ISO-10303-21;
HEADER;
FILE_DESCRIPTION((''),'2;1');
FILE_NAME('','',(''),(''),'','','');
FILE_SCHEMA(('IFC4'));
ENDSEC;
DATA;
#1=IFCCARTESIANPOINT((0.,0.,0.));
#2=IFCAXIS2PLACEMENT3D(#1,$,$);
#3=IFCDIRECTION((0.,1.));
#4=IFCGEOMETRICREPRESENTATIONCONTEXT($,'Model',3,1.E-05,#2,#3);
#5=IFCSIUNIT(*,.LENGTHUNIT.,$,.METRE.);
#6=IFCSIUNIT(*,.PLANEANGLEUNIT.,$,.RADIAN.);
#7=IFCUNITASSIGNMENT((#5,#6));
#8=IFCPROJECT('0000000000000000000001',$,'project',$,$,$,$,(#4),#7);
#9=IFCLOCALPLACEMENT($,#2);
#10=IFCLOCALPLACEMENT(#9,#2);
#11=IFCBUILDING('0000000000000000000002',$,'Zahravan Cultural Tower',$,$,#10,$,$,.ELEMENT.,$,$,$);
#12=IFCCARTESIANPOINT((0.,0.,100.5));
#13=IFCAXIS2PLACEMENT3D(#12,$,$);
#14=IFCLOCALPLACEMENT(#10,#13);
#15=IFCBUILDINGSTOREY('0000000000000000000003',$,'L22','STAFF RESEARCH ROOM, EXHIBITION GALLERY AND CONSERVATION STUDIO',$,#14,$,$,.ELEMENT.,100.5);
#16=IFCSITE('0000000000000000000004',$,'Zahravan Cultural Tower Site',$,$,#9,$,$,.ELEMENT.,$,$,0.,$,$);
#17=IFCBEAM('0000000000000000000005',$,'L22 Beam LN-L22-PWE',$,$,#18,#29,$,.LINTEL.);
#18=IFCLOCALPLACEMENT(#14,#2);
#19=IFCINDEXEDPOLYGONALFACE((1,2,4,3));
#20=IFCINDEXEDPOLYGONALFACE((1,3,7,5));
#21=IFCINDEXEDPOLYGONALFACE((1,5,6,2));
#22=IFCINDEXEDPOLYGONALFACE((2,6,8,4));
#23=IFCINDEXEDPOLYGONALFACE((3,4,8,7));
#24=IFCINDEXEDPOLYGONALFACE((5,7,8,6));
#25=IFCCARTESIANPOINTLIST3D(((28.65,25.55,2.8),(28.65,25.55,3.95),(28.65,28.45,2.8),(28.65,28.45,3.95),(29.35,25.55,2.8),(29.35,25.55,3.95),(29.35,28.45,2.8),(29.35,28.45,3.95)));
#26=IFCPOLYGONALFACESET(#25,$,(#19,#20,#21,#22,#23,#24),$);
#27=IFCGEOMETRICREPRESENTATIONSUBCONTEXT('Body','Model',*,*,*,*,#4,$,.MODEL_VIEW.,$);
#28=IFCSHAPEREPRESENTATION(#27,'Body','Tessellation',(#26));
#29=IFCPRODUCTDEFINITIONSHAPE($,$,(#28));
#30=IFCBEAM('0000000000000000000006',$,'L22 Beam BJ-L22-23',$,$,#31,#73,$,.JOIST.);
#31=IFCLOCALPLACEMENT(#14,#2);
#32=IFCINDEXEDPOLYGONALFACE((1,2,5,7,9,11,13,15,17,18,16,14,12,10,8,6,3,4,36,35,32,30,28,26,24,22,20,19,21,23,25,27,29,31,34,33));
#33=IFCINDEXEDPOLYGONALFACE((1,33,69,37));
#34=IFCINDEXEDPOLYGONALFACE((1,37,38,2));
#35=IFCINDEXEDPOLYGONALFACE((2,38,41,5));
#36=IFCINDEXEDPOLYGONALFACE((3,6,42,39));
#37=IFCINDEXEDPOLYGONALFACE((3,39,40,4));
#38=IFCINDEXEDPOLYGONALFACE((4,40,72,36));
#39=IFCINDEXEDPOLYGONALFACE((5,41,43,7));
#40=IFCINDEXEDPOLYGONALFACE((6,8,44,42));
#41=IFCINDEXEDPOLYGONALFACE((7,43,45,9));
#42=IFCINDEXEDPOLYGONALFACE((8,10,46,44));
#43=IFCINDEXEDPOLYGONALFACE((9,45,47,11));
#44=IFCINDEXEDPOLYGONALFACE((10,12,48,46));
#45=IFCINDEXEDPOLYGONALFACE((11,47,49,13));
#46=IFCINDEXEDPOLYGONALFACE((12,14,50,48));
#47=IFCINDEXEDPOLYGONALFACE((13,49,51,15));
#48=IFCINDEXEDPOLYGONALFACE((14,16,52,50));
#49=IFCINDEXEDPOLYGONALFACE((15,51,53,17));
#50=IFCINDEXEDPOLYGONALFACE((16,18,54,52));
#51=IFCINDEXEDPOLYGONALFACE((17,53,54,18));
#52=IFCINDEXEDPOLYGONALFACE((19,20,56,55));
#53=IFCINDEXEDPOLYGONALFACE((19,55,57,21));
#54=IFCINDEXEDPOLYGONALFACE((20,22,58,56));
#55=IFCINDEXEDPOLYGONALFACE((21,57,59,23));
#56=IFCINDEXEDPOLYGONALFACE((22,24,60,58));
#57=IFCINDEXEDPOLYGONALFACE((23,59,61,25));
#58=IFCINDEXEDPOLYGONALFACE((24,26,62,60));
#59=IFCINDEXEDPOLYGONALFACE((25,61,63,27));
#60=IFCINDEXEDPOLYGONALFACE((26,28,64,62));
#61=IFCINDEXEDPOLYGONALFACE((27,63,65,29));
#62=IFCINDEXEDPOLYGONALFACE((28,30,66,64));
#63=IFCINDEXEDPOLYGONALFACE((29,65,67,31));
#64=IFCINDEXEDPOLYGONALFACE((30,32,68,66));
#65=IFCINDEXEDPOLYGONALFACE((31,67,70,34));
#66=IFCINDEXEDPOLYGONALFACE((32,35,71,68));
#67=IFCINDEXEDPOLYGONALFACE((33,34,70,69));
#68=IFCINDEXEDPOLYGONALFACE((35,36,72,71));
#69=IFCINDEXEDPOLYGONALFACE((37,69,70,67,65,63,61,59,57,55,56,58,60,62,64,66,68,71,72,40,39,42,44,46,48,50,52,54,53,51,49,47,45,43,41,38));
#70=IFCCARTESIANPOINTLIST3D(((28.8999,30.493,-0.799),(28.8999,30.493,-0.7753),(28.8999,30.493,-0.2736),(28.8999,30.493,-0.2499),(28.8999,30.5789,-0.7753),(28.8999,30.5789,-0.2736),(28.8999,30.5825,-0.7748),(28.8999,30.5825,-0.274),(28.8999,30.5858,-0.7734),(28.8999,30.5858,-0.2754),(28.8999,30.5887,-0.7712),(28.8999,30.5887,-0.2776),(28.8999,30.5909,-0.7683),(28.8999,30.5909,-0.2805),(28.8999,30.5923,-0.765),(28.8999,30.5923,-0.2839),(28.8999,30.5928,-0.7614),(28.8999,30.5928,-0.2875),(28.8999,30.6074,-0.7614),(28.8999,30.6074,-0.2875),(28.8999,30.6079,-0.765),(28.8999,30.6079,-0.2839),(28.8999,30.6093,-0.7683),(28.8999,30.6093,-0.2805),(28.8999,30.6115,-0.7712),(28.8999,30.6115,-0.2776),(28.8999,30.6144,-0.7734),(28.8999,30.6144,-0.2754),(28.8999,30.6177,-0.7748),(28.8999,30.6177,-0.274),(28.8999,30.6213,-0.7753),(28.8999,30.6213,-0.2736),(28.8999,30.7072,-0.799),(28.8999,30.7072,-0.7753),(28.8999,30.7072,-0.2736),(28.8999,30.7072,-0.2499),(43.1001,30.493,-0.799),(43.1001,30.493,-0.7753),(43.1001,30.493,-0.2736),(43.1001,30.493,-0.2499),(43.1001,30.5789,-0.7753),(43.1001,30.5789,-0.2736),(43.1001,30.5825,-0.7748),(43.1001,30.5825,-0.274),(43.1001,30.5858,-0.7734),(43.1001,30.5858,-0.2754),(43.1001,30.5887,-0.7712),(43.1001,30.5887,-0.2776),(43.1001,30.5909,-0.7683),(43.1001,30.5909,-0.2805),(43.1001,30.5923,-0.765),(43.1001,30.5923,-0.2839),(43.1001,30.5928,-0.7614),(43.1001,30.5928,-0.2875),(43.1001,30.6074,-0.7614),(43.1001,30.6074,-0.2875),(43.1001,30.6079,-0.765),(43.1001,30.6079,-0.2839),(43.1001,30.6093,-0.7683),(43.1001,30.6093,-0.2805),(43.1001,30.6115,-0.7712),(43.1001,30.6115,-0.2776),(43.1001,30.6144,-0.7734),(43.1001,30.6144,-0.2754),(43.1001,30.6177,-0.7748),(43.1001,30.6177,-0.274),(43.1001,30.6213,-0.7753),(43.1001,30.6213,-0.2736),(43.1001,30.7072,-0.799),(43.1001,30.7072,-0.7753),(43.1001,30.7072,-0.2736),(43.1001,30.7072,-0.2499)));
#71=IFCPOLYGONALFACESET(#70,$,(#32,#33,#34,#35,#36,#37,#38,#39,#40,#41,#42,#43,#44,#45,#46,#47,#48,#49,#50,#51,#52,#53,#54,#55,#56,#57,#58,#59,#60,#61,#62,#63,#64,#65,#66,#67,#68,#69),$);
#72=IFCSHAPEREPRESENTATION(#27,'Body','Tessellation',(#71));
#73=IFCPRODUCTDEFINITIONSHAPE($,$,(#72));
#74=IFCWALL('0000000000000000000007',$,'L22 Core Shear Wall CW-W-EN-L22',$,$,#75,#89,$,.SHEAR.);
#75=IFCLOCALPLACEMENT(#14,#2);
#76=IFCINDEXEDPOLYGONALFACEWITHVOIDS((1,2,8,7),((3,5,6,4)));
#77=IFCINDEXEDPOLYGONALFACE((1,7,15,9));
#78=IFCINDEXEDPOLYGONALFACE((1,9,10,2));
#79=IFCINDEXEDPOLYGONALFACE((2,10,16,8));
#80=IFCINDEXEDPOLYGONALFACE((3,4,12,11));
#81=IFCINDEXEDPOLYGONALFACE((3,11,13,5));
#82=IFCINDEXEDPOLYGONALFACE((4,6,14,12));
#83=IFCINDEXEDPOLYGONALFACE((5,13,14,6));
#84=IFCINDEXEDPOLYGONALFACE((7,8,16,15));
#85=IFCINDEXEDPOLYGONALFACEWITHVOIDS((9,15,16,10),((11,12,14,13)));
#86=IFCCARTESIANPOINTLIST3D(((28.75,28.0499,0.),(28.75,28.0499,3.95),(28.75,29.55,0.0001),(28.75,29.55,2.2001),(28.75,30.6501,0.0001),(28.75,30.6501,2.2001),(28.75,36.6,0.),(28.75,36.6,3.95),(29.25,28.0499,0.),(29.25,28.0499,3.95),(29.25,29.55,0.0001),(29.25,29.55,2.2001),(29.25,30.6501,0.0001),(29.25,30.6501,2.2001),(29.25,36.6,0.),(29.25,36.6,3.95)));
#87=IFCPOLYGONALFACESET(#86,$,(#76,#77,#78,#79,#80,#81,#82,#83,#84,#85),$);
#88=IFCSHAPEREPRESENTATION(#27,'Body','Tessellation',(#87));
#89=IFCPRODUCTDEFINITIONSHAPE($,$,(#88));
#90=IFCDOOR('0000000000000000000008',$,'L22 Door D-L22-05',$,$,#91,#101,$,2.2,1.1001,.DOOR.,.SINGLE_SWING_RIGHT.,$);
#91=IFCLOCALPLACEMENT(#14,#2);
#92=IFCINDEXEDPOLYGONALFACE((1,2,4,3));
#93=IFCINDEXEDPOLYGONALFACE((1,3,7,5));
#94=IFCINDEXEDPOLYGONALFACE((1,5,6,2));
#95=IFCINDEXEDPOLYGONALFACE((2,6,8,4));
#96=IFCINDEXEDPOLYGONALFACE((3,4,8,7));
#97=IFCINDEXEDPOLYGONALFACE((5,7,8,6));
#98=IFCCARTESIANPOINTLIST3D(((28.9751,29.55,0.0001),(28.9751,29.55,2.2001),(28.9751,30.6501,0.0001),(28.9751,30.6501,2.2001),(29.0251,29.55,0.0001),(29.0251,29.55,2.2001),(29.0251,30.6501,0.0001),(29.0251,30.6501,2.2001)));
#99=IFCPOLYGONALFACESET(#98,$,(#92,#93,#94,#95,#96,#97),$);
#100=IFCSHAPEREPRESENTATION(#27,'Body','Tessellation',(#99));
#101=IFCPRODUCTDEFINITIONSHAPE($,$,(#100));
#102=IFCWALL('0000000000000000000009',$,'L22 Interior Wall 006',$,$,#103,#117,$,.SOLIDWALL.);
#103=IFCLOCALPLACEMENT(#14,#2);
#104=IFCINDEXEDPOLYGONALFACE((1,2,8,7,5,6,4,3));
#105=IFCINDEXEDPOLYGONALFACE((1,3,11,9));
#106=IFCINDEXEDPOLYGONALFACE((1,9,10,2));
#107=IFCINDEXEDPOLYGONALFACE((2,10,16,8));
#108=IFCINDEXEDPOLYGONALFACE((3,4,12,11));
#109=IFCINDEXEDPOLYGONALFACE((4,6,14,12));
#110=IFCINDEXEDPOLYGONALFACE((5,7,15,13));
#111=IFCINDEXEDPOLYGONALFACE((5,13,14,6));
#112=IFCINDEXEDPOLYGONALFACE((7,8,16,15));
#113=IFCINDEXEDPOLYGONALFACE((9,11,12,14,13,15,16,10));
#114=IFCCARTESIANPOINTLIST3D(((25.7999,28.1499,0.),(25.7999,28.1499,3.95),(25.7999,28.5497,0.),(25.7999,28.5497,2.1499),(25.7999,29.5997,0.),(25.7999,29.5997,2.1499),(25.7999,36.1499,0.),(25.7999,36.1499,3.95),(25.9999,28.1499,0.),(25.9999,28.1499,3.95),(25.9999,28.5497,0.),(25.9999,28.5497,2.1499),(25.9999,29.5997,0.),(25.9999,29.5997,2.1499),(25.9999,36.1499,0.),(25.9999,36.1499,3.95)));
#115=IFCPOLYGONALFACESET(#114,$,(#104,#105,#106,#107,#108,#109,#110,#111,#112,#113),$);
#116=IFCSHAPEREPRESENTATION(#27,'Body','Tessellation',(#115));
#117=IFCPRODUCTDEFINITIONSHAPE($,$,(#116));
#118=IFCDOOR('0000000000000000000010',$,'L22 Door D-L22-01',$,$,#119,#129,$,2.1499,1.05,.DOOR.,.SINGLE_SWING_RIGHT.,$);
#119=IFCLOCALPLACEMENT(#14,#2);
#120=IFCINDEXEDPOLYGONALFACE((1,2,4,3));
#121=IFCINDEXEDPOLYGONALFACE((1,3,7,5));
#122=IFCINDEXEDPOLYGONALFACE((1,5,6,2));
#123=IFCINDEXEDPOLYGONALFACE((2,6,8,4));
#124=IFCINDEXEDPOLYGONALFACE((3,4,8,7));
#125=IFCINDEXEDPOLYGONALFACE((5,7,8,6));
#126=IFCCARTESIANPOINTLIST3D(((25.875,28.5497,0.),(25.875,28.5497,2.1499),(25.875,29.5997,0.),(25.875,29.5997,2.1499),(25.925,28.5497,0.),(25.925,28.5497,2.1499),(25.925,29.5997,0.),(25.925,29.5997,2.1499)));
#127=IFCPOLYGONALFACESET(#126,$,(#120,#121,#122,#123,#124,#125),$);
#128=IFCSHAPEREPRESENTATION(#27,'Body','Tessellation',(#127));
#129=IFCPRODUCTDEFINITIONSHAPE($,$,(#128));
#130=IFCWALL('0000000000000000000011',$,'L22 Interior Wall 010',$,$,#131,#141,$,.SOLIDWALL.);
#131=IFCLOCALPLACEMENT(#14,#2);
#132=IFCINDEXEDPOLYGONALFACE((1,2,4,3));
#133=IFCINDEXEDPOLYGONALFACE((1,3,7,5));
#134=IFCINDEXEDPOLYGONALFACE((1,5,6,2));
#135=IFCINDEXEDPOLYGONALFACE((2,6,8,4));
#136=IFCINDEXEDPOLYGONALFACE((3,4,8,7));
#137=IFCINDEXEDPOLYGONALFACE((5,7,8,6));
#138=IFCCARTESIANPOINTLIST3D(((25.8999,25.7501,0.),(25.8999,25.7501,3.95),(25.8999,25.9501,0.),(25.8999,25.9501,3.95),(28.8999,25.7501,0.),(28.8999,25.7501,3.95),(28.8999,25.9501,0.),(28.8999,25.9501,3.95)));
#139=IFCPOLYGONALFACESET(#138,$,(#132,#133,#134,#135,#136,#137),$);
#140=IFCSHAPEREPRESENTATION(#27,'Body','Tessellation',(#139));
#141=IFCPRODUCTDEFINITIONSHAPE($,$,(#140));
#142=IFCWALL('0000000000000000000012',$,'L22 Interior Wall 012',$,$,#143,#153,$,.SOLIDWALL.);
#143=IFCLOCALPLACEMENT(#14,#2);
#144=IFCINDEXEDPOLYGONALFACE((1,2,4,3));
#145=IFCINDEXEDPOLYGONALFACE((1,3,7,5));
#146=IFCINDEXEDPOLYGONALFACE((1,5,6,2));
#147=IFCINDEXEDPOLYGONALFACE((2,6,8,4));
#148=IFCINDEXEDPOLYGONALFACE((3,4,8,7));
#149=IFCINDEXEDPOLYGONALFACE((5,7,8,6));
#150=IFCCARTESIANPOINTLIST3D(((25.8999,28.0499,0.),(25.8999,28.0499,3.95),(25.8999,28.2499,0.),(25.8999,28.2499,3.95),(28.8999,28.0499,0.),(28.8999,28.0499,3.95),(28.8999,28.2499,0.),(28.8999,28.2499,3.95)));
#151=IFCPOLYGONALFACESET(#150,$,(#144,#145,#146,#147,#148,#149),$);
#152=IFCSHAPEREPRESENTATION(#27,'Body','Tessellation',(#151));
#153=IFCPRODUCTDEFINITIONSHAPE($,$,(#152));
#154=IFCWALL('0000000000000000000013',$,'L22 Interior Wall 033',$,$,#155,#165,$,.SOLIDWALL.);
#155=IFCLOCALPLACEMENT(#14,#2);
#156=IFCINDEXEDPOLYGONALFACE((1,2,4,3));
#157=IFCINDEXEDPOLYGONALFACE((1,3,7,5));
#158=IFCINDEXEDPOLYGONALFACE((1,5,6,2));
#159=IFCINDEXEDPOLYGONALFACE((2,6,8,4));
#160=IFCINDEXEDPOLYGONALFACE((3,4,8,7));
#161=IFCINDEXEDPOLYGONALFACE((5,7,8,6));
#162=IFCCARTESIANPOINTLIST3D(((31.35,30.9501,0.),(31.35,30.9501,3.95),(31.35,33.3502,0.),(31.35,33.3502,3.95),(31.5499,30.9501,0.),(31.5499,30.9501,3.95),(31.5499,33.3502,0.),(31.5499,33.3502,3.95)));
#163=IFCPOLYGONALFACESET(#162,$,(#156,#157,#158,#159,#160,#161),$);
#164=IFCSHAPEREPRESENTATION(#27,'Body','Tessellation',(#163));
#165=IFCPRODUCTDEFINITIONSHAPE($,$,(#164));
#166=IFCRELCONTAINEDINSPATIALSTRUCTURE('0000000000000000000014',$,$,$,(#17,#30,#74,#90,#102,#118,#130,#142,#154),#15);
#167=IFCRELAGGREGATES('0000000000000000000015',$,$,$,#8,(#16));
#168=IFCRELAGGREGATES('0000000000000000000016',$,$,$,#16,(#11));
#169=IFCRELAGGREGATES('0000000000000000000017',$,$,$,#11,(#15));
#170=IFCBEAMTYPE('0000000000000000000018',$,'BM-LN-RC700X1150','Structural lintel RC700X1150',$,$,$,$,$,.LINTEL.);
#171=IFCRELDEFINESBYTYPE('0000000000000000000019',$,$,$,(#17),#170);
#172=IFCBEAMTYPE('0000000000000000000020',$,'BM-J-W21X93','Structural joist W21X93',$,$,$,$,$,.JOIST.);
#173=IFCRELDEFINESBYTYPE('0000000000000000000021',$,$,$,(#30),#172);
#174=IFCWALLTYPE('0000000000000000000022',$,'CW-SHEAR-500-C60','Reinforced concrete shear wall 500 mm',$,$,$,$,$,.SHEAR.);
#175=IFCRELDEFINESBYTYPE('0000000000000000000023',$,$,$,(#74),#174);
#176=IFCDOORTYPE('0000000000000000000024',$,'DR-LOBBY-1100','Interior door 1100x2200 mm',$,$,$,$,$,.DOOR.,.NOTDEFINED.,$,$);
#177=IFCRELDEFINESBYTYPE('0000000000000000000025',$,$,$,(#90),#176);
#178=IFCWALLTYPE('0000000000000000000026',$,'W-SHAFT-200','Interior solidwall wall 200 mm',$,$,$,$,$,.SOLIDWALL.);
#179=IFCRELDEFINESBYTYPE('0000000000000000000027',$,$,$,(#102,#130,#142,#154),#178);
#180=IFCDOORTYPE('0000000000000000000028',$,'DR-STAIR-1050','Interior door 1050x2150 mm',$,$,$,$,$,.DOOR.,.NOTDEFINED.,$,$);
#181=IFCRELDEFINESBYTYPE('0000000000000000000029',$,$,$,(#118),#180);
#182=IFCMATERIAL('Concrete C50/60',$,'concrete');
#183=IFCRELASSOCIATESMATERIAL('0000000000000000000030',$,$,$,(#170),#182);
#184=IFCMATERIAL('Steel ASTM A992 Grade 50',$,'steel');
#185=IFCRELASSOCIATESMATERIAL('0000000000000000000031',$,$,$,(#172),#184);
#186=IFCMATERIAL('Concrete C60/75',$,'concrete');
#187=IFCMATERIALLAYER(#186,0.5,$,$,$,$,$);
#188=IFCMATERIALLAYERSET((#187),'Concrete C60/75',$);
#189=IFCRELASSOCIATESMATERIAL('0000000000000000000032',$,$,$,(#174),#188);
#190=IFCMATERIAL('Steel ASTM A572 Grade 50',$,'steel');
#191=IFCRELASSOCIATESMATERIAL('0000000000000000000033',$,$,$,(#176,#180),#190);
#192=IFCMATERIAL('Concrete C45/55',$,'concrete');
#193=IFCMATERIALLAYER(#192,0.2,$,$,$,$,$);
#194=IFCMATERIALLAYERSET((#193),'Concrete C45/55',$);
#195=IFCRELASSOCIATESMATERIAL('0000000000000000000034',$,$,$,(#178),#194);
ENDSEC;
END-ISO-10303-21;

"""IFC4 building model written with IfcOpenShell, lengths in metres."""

from ifc_helpers import new_model, si_unit, direction, frame, frame_2d, origin, origin_2d, place, context, subcontext, project, spatial, rectangle, i_section, extrude, source, transform, mapped, material, layer, layer_set, material_profile, profile_set, type_object, element, fill, save


model = new_model("IFC4")

# Units and contexts
model_context = context("Model", 3, precision=1e-05, world=origin(), true_north=direction((0.0, 1.0)))
body_context = subcontext(model_context, "Body", "Model", "MODEL_VIEW")
ifc_project = project(units=[si_unit("LENGTHUNIT", "METRE"), si_unit("PLANEANGLEUNIT", "RADIAN")], contexts=[model_context])

# Site, building, storey
site_placement = place(None, origin())
site = spatial("IfcSite", under=ifc_project, at=site_placement, Name="Zahravan Cultural Tower Site", CompositionType="ELEMENT", RefElevation=0.0)
building_placement = place(site_placement, origin())
building = spatial("IfcBuilding", under=site, at=building_placement, Name="Zahravan Cultural Tower", CompositionType="ELEMENT")
storey_placement = place(building_placement, frame((0.0, 0.0, 100.5)))
storey = spatial("IfcBuildingStorey", under=building, at=storey_placement, Name="L22", Description="STAFF RESEARCH ROOM, EXHIBITION GALLERY AND CONSERVATION STUDIO", CompositionType="ELEMENT", Elevation=100.5)

# Beams
ifc_material_1 = material(Name="Concrete C50/60", Category="concrete")
ifc_material_profile_1 = material_profile(ifc_material_1, rectangle(XDim=0.7, YDim=1.1499, at=origin_2d()), Name="RC700X1150")
ifc_profile_set_1 = profile_set([ifc_material_profile_1], Name="Concrete C50/60")
beam_type_1 = type_object("IfcBeamType", Name="BM-LN-RC700X1150", Description="Structural lintel RC700X1150", PredefinedType="LINTEL", material=ifc_profile_set_1)
shared_shape_1 = source(origin(), body_context, "Body", "SweptSolid", [
    extrude(rectangle(XDim=0.7, YDim=1.1499, at=origin_2d()), origin(), (0.0, 0.0, 1.0), 2.8999),
])
beam_1_placement = place(storey_placement, frame((29.0, 25.55, 3.375), z_axis=(0.0, 1.0, 0.0), x_axis=(-1.0, 0.0, 0.0)))
element("IfcBeam", 1, at=beam_1_placement, inside=storey, type_object=beam_type_1, Name="L22 Beam LN-L22-PWE", PredefinedType="LINTEL", context=body_context, shape_type="MappedRepresentation", body=[
    mapped(shared_shape_1, transform((0.0, 0.0, 0.0), x_axis=(1.0, 0.0, 0.0), y_axis=(0.0, 1.0, 0.0), z_axis=(0.0, 0.0, 1.0), scale=1.0)),
])
ifc_material_2 = material(Name="Steel ASTM A992 Grade 50", Category="steel")
ifc_material_profile_2 = material_profile(ifc_material_2, i_section(OverallWidth=0.2141, OverallDepth=0.5491, WebThickness=0.0146, FlangeThickness=0.0237, FilletRadius=0.0139, at=origin_2d()), Name="W21X93")
ifc_profile_set_2 = profile_set([ifc_material_profile_2], Name="Steel ASTM A992 Grade 50")
beam_type_2 = type_object("IfcBeamType", Name="BM-J-W21X93", Description="Structural joist W21X93", PredefinedType="JOIST", material=ifc_profile_set_2)
shared_shape_2 = source(origin(), body_context, "Body", "SweptSolid", [
    extrude(i_section(OverallWidth=0.2141, OverallDepth=0.5491, WebThickness=0.0146, FlangeThickness=0.0237, FilletRadius=0.0139, at=origin_2d()), origin(), (0.0, 0.0, 1.0), 14.2002),
])
beam_2_placement = place(storey_placement, frame((28.8999, 30.6001, -0.5244), z_axis=(1.0, 0.0, 0.0), x_axis=(0.0, 1.0, 0.0)))
element("IfcBeam", 2, at=beam_2_placement, inside=storey, type_object=beam_type_2, Name="L22 Beam BJ-L22-23", PredefinedType="JOIST", context=body_context, shape_type="MappedRepresentation", body=[
    mapped(shared_shape_2, transform((0.0, 0.0, 0.0), x_axis=(1.0, 0.0, 0.0), y_axis=(0.0, 1.0, 0.0), z_axis=(0.0, 0.0, 1.0), scale=1.0)),
])

# Walls, openings, doors
ifc_material_3 = material(Name="Concrete C60/75", Category="concrete")
ifc_layer_1 = layer(ifc_material_3, 0.5)
ifc_layer_set_1 = layer_set([ifc_layer_1], Name="Concrete C60/75")
wall_type_1 = type_object("IfcWallType", Name="CW-SHEAR-500-C60", Description="Reinforced concrete shear wall 500 mm", PredefinedType="SHEAR", material=ifc_layer_set_1)
wall_1_placement = place(storey_placement, frame((29.0, 28.05, 0.0), z_axis=(0.0, 0.0, 1.0), x_axis=(0.0, 1.0, 0.0)))
wall_1 = element("IfcWall", 3, at=wall_1_placement, inside=storey, type_object=wall_type_1, Name="L22 Core Shear Wall CW-W-EN-L22", PredefinedType="SHEAR", context=body_context, shape_type="SweptSolid", body=[
    extrude(rectangle(XDim=8.55, YDim=0.5, at=frame_2d((4.2749, 0.0))), origin(), (0.0, 0.0, 1.0), 3.95),
])
opening_1_placement = place(wall_1_placement, frame((1.5, 0.0, 0.0)))
opening_1 = element("IfcOpeningElement", 4, at=opening_1_placement, cuts=wall_1, PredefinedType="OPENING", context=body_context, shape_type="SweptSolid", body=[
    extrude(rectangle(XDim=1.1001, YDim=2.2, at=frame_2d((0.55, 1.1001))), frame((0.0, 0.26, 0.0), z_axis=(0.0, -1.0, 0.0), x_axis=(1.0, 0.0, 0.0)), (0.0, 0.0, 1.0), 0.52),
])
ifc_material_4 = material(Name="Steel ASTM A572 Grade 50", Category="steel")
door_type_1 = type_object("IfcDoorType", Name="DR-LOBBY-1100", Description="Interior door 1100x2200 mm", OperationType="NOTDEFINED", PredefinedType="DOOR", material=ifc_material_4)
shared_shape_3 = source(origin(), body_context, "Body", "SweptSolid", [
    extrude(rectangle(XDim=1.1001, YDim=2.2, at=frame_2d((0.55, 1.1001))), frame((0.0, 0.0249, 0.0), z_axis=(0.0, -1.0, 0.0), x_axis=(1.0, 0.0, 0.0)), (0.0, 0.0, 1.0), 0.05),
])
door_1_placement = place(opening_1_placement, origin())
door_1 = element("IfcDoor", 5, at=door_1_placement, inside=storey, type_object=door_type_1, Name="L22 Door D-L22-05", OperationType="SINGLE_SWING_RIGHT", OverallHeight=2.2, OverallWidth=1.1001, PredefinedType="DOOR", context=body_context, shape_type="MappedRepresentation", body=[
    mapped(shared_shape_3, transform((0.0, 0.0, 0.0), x_axis=(1.0, 0.0, 0.0), y_axis=(0.0, 1.0, 0.0), z_axis=(0.0, 0.0, 1.0), scale=1.0)),
])
fill(opening_1, door_1)
ifc_material_5 = material(Name="Concrete C45/55", Category="concrete")
ifc_layer_2 = layer(ifc_material_5, 0.2)
ifc_layer_set_2 = layer_set([ifc_layer_2], Name="Concrete C45/55")
wall_type_2 = type_object("IfcWallType", Name="W-SHAFT-200", Description="Interior solidwall wall 200 mm", PredefinedType="SOLIDWALL", material=ifc_layer_set_2)
wall_2_placement = place(storey_placement, frame((25.8999, 28.1499, 0.0), z_axis=(0.0, 0.0, 1.0), x_axis=(0.0, 1.0, 0.0)))
wall_2 = element("IfcWall", 6, at=wall_2_placement, inside=storey, type_object=wall_type_2, Name="L22 Interior Wall 006", PredefinedType="SOLIDWALL", context=body_context, shape_type="SweptSolid", body=[
    extrude(rectangle(XDim=8.0, YDim=0.2, at=frame_2d((4.0, 0.0))), origin(), (0.0, 0.0, 1.0), 3.95),
])
opening_2_placement = place(wall_2_placement, frame((0.3999, 0.0, 0.0)))
opening_2 = element("IfcOpeningElement", 7, at=opening_2_placement, cuts=wall_2, PredefinedType="OPENING", context=body_context, shape_type="SweptSolid", body=[
    extrude(rectangle(XDim=1.05, YDim=2.1499, at=frame_2d((0.5249, 1.075))), frame((0.0, 0.1099, 0.0), z_axis=(0.0, -1.0, 0.0), x_axis=(1.0, 0.0, 0.0)), (0.0, 0.0, 1.0), 0.22),
])
door_type_2 = type_object("IfcDoorType", Name="DR-STAIR-1050", Description="Interior door 1050x2150 mm", OperationType="NOTDEFINED", PredefinedType="DOOR", material=ifc_material_4)
shared_shape_4 = source(origin(), body_context, "Body", "SweptSolid", [
    extrude(rectangle(XDim=1.05, YDim=2.1499, at=frame_2d((0.5249, 1.075))), frame((0.0, 0.0249, 0.0), z_axis=(0.0, -1.0, 0.0), x_axis=(1.0, 0.0, 0.0)), (0.0, 0.0, 1.0), 0.05),
])
door_2_placement = place(opening_2_placement, origin())
door_2 = element("IfcDoor", 8, at=door_2_placement, inside=storey, type_object=door_type_2, Name="L22 Door D-L22-01", OperationType="SINGLE_SWING_RIGHT", OverallHeight=2.1499, OverallWidth=1.05, PredefinedType="DOOR", context=body_context, shape_type="MappedRepresentation", body=[
    mapped(shared_shape_4, transform((0.0, 0.0, 0.0), x_axis=(1.0, 0.0, 0.0), y_axis=(0.0, 1.0, 0.0), z_axis=(0.0, 0.0, 1.0), scale=1.0)),
])
fill(opening_2, door_2)

# Walls
shared_shape_5 = source(origin(), body_context, "Body", "SweptSolid", [
    extrude(rectangle(XDim=3.0, YDim=0.2, at=frame_2d((1.5, 0.0))), origin(), (0.0, 0.0, 1.0), 3.95),
])
for number, where, z_axis, x_axis, name in (
    (9, (25.8999, 25.8501, 0.0), (0.0, 0.0, 1.0), (1.0, 0.0, 0.0), "L22 Interior Wall 010"),
    (10, (25.8999, 28.1499, 0.0), (0.0, 0.0, 1.0), (1.0, 0.0, 0.0), "L22 Interior Wall 012"),
):
    element("IfcWall", number, at=place(storey_placement, frame(where, z_axis=z_axis, x_axis=x_axis)), inside=storey, type_object=wall_type_2, Name=name, PredefinedType="SOLIDWALL", context=body_context, shape_type="MappedRepresentation", body=[
        mapped(shared_shape_5, transform((0.0, 0.0, 0.0), x_axis=(1.0, 0.0, 0.0), y_axis=(0.0, 1.0, 0.0), z_axis=(0.0, 0.0, 1.0), scale=1.0)),
    ])
shared_shape_6 = source(origin(), body_context, "Body", "SweptSolid", [
    extrude(rectangle(XDim=2.4001, YDim=0.2, at=frame_2d((1.2002, 0.0))), origin(), (0.0, 0.0, 1.0), 3.95),
])
for number, where, z_axis, x_axis, name in (
    (11, (31.45, 30.95, 0.0), (0.0, 0.0, 1.0), (0.0, 1.0, 0.0), "L22 Interior Wall 033"),
):
    element("IfcWall", number, at=place(storey_placement, frame(where, z_axis=z_axis, x_axis=x_axis)), inside=storey, type_object=wall_type_2, Name=name, PredefinedType="SOLIDWALL", context=body_context, shape_type="MappedRepresentation", body=[
        mapped(shared_shape_6, transform((0.0, 0.0, 0.0), x_axis=(1.0, 0.0, 0.0), y_axis=(0.0, 1.0, 0.0), z_axis=(0.0, 0.0, 1.0), scale=1.0)),
    ])

save(model, "model.ifc")
